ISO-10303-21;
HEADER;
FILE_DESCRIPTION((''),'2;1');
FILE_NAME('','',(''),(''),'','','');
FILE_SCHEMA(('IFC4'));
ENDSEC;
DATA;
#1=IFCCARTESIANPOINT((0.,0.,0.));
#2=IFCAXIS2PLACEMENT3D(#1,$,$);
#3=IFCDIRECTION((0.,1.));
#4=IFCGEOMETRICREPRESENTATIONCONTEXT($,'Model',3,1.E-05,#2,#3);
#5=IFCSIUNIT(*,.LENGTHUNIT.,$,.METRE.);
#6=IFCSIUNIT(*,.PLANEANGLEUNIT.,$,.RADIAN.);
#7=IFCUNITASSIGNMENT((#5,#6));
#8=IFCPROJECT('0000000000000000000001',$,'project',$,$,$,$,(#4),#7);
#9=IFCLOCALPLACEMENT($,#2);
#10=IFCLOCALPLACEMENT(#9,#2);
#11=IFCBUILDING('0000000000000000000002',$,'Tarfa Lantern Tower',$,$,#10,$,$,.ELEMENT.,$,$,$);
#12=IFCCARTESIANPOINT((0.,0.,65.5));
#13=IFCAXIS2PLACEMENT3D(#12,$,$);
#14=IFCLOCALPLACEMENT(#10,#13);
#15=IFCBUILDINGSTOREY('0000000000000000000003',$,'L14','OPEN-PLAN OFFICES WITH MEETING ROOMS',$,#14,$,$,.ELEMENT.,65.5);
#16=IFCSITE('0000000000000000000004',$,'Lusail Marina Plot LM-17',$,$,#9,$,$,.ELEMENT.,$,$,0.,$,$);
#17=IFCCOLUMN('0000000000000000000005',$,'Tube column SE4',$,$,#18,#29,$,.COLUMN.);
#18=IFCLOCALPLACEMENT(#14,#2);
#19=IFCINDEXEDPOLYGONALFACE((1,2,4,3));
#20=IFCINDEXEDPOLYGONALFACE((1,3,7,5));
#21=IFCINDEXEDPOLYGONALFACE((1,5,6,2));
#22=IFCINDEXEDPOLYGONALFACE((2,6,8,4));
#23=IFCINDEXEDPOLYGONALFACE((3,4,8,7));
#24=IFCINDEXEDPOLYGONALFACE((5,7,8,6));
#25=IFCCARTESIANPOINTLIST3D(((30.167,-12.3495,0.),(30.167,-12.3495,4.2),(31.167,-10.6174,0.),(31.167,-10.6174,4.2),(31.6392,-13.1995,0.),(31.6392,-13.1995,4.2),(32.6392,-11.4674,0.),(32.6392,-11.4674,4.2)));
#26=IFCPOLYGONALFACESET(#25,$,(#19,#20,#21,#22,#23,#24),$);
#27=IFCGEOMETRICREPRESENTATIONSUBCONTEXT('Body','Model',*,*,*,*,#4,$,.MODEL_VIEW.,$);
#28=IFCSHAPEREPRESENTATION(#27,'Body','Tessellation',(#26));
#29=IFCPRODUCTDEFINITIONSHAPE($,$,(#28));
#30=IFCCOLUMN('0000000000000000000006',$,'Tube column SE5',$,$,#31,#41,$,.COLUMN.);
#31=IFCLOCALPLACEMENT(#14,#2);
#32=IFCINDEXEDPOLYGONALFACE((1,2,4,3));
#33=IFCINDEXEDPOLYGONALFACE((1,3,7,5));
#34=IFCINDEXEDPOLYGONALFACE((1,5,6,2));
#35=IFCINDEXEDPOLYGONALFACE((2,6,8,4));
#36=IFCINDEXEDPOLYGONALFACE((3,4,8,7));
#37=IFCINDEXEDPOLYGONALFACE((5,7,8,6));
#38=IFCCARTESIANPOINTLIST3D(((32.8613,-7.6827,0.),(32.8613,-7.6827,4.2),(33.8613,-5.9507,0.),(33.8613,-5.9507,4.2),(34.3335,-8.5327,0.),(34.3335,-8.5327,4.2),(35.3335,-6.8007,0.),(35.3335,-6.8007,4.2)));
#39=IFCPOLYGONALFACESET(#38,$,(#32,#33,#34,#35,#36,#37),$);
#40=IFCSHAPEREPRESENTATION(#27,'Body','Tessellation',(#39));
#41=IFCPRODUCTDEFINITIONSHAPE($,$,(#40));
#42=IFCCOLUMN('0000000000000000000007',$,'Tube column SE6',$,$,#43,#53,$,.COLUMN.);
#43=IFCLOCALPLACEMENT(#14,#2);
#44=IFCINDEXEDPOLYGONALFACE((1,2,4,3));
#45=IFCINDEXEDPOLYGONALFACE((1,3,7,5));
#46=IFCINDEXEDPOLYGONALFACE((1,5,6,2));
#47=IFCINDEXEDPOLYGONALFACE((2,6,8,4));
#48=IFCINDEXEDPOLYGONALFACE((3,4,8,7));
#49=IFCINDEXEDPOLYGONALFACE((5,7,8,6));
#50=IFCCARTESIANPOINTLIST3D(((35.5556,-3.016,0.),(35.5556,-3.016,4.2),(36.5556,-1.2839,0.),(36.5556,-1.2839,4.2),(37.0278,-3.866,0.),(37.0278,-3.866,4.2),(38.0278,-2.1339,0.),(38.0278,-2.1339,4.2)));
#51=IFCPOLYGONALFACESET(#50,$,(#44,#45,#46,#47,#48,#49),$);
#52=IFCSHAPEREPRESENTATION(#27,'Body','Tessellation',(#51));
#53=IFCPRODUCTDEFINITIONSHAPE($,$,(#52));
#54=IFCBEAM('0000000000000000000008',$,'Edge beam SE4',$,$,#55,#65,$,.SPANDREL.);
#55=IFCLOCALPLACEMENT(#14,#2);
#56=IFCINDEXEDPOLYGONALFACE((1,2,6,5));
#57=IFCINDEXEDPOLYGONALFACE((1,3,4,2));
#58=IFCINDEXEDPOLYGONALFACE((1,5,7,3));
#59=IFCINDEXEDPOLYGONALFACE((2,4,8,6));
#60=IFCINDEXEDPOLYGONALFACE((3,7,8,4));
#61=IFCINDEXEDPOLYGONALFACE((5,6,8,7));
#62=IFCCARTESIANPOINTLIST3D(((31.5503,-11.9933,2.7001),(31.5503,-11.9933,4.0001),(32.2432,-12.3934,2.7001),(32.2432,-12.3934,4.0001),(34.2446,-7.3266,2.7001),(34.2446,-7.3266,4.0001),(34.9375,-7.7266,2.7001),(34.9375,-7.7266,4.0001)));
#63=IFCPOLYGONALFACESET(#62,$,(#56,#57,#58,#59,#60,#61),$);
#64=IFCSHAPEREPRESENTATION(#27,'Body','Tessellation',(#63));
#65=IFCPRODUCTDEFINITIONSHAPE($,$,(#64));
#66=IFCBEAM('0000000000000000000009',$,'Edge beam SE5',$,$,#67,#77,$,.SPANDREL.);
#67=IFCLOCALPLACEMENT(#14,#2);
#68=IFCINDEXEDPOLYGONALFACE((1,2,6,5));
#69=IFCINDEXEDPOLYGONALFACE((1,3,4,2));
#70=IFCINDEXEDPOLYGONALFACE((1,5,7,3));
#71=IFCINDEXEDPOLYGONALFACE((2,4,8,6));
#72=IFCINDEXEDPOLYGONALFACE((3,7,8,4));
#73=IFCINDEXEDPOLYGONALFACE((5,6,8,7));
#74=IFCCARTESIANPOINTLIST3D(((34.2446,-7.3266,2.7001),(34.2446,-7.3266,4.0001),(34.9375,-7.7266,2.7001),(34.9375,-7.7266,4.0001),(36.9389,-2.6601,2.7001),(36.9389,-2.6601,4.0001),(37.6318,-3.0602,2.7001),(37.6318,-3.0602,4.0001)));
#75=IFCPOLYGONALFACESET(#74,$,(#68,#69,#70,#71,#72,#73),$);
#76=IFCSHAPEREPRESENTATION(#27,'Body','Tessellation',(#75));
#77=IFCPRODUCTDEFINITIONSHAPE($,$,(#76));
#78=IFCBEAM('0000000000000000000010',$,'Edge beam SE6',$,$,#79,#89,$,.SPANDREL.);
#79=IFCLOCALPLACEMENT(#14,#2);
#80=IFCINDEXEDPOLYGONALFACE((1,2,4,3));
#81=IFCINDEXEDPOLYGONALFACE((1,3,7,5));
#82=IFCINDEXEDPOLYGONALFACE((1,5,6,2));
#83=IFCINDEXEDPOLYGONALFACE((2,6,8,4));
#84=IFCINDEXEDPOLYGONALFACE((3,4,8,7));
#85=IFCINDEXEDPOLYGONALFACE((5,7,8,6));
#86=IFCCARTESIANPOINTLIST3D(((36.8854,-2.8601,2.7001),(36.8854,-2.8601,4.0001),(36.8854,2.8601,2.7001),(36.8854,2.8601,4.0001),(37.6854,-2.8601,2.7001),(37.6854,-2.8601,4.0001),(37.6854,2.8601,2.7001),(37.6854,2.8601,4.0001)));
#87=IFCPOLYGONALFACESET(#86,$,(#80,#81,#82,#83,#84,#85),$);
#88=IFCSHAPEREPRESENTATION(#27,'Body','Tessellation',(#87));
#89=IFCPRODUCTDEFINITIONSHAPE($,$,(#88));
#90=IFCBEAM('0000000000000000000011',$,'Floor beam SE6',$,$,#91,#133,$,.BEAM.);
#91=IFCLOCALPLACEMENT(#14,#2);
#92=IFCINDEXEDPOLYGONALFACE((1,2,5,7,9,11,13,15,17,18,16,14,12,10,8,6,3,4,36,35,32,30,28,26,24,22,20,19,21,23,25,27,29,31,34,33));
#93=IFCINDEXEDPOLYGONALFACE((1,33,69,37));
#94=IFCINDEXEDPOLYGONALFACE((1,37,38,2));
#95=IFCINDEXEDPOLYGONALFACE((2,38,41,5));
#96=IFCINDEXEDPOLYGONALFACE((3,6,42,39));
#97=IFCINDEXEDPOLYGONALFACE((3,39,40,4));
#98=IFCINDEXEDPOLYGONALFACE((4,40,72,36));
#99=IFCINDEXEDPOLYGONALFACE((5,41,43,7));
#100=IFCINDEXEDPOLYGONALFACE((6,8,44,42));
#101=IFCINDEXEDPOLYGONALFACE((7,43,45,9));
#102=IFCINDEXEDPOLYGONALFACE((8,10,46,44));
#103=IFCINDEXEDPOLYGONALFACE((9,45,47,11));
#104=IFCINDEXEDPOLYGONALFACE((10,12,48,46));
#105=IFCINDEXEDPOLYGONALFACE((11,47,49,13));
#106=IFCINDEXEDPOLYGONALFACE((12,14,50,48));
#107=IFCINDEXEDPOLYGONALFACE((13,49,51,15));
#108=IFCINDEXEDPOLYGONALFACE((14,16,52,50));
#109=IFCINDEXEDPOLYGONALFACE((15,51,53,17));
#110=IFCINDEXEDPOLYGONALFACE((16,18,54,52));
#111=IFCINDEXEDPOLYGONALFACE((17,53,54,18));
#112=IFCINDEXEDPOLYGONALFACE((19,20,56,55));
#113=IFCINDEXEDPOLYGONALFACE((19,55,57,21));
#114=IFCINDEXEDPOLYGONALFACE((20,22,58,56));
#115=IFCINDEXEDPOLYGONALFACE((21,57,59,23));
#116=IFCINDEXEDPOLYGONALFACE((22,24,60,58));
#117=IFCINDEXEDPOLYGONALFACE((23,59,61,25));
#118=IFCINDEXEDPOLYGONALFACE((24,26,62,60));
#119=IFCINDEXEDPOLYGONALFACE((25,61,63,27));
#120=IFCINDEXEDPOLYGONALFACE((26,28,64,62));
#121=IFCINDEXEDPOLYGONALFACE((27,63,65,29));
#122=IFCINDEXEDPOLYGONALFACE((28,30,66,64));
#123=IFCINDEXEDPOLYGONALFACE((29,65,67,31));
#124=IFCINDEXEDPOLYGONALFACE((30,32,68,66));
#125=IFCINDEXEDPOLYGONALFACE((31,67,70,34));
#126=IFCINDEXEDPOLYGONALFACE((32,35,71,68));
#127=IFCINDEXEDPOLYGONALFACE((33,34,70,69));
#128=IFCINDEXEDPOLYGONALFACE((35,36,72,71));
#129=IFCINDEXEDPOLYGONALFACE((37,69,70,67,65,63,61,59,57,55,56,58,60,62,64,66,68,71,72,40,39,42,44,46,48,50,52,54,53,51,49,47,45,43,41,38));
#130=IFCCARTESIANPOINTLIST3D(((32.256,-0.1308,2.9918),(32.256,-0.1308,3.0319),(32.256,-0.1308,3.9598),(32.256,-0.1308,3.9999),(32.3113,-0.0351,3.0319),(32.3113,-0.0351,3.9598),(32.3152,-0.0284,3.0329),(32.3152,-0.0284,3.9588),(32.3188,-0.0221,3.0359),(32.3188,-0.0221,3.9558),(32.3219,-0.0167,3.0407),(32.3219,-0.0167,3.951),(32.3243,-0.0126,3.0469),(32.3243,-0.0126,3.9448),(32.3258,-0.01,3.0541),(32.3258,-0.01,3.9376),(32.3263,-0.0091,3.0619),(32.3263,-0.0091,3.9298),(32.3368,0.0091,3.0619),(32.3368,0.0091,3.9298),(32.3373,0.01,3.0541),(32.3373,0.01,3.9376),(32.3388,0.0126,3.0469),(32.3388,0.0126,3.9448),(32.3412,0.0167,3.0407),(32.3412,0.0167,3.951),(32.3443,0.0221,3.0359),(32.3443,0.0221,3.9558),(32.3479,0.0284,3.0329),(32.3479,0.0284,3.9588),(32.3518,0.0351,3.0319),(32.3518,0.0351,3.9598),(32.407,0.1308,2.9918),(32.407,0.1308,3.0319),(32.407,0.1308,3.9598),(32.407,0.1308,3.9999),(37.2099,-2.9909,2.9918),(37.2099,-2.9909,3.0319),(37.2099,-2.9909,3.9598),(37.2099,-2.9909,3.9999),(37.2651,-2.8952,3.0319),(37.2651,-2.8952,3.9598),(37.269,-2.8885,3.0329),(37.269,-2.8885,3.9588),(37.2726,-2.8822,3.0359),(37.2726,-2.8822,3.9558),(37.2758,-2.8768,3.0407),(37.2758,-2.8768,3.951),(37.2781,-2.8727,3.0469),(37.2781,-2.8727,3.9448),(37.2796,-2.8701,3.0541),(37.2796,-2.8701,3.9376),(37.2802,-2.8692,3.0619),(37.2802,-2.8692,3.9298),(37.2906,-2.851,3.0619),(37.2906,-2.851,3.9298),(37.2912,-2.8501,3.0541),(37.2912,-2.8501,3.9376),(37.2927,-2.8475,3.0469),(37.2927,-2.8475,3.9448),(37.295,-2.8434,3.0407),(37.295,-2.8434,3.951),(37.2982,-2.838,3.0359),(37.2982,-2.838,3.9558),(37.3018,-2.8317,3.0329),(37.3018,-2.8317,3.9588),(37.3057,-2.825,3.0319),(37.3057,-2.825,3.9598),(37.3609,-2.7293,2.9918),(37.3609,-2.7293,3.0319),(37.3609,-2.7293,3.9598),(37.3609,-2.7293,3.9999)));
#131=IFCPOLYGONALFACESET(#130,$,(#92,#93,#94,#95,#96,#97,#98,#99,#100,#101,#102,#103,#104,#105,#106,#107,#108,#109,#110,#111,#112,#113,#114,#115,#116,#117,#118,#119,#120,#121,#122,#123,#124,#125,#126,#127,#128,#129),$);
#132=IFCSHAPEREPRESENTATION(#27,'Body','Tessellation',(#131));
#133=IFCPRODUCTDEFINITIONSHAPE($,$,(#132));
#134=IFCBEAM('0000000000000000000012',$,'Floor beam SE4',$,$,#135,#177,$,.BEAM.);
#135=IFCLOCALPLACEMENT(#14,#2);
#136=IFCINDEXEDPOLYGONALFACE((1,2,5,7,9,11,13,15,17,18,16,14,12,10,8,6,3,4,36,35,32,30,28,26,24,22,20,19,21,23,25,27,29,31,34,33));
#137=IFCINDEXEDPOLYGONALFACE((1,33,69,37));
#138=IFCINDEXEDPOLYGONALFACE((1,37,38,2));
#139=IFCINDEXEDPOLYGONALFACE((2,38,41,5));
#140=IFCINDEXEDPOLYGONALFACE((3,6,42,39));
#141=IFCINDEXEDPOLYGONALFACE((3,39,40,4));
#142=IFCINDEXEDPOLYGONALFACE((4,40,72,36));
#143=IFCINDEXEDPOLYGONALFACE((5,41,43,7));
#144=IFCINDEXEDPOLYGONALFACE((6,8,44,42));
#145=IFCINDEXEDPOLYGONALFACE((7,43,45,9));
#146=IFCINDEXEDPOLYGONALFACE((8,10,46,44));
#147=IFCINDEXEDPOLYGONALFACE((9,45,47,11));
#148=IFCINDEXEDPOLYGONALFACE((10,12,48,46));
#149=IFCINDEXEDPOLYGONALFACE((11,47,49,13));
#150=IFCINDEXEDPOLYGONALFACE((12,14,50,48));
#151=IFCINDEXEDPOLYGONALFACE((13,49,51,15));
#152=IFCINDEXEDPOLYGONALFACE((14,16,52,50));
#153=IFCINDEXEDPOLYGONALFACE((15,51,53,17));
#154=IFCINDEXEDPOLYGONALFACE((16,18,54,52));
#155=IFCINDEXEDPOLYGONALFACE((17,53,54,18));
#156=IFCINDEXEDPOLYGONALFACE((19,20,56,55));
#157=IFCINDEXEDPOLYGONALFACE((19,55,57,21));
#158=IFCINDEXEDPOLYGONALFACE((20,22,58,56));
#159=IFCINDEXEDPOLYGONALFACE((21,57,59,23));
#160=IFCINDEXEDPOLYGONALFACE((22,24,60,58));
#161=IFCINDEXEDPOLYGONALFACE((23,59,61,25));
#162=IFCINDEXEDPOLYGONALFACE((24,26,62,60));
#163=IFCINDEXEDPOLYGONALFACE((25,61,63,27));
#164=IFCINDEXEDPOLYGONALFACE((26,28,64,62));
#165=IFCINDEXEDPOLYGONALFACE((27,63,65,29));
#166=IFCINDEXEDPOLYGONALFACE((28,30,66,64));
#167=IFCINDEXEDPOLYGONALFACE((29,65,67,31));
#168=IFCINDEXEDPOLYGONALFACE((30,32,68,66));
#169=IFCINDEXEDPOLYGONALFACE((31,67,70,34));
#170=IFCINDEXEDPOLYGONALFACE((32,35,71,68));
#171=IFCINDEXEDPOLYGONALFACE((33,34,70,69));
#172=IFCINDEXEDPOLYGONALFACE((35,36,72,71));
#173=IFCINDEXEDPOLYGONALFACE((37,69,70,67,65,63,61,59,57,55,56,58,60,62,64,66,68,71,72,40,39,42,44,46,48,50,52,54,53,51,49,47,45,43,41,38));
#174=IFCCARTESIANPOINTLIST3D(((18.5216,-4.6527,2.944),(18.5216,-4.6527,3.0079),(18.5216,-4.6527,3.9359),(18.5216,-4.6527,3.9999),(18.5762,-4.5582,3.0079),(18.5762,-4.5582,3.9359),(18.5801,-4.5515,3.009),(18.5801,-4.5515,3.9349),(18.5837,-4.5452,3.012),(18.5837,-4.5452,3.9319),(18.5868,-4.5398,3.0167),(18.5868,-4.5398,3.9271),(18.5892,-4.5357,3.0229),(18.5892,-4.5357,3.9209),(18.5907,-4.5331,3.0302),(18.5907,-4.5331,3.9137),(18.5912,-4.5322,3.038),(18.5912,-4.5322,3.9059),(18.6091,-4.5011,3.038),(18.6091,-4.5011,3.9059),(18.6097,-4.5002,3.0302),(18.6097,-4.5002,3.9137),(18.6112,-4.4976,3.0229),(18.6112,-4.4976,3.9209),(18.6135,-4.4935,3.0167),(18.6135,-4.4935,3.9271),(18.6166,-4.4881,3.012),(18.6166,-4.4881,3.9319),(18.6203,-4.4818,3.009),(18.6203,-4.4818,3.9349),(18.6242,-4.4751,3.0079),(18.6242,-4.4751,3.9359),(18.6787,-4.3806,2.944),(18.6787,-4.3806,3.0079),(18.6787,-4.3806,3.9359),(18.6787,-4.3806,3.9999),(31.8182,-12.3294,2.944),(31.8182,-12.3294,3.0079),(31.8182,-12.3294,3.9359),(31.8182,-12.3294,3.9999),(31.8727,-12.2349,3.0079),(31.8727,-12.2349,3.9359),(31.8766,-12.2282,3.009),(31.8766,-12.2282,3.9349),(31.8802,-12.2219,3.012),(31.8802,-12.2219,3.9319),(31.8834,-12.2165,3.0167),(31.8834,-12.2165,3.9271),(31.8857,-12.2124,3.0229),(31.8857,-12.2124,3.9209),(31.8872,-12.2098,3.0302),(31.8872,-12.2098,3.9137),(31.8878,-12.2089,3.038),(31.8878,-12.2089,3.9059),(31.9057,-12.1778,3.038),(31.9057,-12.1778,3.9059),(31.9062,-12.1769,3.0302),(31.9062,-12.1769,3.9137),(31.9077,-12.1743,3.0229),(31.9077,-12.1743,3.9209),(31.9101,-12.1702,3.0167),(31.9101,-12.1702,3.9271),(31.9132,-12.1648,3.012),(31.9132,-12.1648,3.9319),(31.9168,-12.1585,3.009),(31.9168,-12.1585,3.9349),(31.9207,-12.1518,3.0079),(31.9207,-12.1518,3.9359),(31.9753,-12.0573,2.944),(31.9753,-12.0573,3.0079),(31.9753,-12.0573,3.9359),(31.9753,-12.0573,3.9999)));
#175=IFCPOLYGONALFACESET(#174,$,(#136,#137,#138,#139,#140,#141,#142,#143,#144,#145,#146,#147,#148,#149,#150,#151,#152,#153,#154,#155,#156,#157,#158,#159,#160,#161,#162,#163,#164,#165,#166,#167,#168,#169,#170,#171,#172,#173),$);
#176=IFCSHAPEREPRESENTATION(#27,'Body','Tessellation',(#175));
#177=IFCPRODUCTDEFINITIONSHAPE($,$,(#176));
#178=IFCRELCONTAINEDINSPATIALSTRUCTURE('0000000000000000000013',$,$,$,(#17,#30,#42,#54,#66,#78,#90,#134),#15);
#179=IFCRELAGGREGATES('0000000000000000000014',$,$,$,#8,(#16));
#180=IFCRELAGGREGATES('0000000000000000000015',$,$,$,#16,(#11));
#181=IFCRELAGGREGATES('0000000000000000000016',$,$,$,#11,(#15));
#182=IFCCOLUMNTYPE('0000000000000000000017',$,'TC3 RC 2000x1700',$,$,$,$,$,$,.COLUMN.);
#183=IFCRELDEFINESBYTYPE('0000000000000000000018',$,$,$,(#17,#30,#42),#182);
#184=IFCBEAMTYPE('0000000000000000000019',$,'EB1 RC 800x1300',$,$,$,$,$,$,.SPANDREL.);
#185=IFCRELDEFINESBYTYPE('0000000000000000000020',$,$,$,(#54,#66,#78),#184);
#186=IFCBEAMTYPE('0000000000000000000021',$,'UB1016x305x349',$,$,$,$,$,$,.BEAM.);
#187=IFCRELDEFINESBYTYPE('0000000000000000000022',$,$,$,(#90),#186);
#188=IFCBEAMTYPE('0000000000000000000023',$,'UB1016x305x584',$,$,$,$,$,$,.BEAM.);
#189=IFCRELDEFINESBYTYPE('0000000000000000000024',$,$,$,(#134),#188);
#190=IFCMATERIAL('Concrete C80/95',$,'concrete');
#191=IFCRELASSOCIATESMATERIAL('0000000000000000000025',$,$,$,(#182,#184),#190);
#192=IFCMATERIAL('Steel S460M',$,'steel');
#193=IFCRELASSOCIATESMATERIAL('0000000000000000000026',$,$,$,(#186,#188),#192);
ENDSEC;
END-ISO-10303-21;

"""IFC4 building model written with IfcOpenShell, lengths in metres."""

from ifc_helpers import new_model, si_unit, direction, frame, origin, origin_2d, place, context, subcontext, project, spatial, rectangle, i_section, extrude, material, material_profile, profile_set, type_object, element, save


model = new_model("IFC4")

# Units and contexts
model_context = context("Model", 3, precision=1e-05, world=origin(), true_north=direction((0.0, 1.0)))
body_context = subcontext(model_context, "Body", "Model", "MODEL_VIEW")
ifc_project = project(units=[si_unit("LENGTHUNIT", "METRE"), si_unit("PLANEANGLEUNIT", "RADIAN")], contexts=[model_context])

# Site, building, storey
site_placement = place(None, origin())
site = spatial("IfcSite", under=ifc_project, at=site_placement, Name="Lusail Marina Plot LM-17", CompositionType="ELEMENT", RefElevation=0.0)
building_placement = place(site_placement, origin())
building = spatial("IfcBuilding", under=site, at=building_placement, Name="Tarfa Lantern Tower", CompositionType="ELEMENT")
storey_placement = place(building_placement, frame((0.0, 0.0, 65.5)))
storey = spatial("IfcBuildingStorey", under=building, at=storey_placement, Name="L14", Description="OPEN-PLAN OFFICES WITH MEETING ROOMS", CompositionType="ELEMENT", Elevation=65.5)

# Columns
ifc_material_1 = material(Name="Concrete C80/95", Category="concrete")
ifc_material_profile_1 = material_profile(ifc_material_1, rectangle(XDim=2.0, YDim=1.7, at=origin_2d()), Name="RC 2000x1700")
ifc_profile_set_1 = profile_set([ifc_material_profile_1], Name="Concrete C80/95")
column_type = type_object("IfcColumnType", Name="TC3 RC 2000x1700", PredefinedType="COLUMN", material=ifc_profile_set_1)
for number, where, z_axis, x_axis, name in (
    (1, (31.4031, -11.9084, 0.0), (0.0, 0.0, 1.0), (0.5, 0.866025, 0.0), "Tube column SE4"),
    (2, (34.0974, -7.2417, 0.0), (0.0, 0.0, 1.0), (0.5, 0.866025, 0.0), "Tube column SE5"),
    (3, (36.7917, -2.575, 0.0), (0.0, 0.0, 1.0), (0.5, 0.866025, 0.0), "Tube column SE6"),
):
    element("IfcColumn", number, at=place(storey_placement, frame(where, z_axis=z_axis, x_axis=x_axis)), inside=storey, type_object=column_type, Name=name, PredefinedType="COLUMN", context=body_context, shape_type="SweptSolid", body=[
        extrude(rectangle(XDim=2.0, YDim=1.7, at=origin_2d()), origin(), (0.0, 0.0, 1.0), 4.2),
    ])

# Beams
ifc_material_profile_2 = material_profile(ifc_material_1, rectangle(XDim=0.8, YDim=1.3, at=origin_2d()), Name="RC 800x1300")
ifc_profile_set_2 = profile_set([ifc_material_profile_2], Name="Concrete C80/95")
beam_type_1 = type_object("IfcBeamType", Name="EB1 RC 800x1300", PredefinedType="SPANDREL", material=ifc_profile_set_2)
beam_1_placement = place(storey_placement, frame((31.8967, -12.1934, 3.3501), z_axis=(0.499998, 0.866026, 0.0), x_axis=(-0.866026, 0.499998, 0.0)))
element("IfcBeam", 4, at=beam_1_placement, inside=storey, type_object=beam_type_1, Name="Edge beam SE4", PredefinedType="SPANDREL", context=body_context, shape_type="SweptSolid", body=[
    extrude(rectangle(XDim=0.8, YDim=1.3, at=origin_2d()), origin(), (0.0, 0.0, 1.0), 5.3887),
])
beam_2_placement = place(storey_placement, frame((34.5911, -7.5266, 3.3501), z_axis=(0.500018, 0.866015, 0.0), x_axis=(-0.866015, 0.500018, 0.0)))
element("IfcBeam", 5, at=beam_2_placement, inside=storey, type_object=beam_type_1, Name="Edge beam SE5", PredefinedType="SPANDREL", context=body_context, shape_type="SweptSolid", body=[
    extrude(rectangle(XDim=0.8, YDim=1.3, at=origin_2d()), origin(), (0.0, 0.0, 1.0), 5.3884),
])
beam_3_placement = place(storey_placement, frame((37.2854, -2.8601, 3.3501), z_axis=(0.0, 1.0, 0.0), x_axis=(-1.0, 0.0, 0.0)))
element("IfcBeam", 6, at=beam_3_placement, inside=storey, type_object=beam_type_1, Name="Edge beam SE6", PredefinedType="SPANDREL", context=body_context, shape_type="SweptSolid", body=[
    extrude(rectangle(XDim=0.8, YDim=1.3, at=origin_2d()), origin(), (0.0, 0.0, 1.0), 5.7202),
])
ifc_material_2 = material(Name="Steel S460M", Category="steel")
ifc_material_profile_3 = material_profile(ifc_material_2, i_section(OverallWidth=0.302, OverallDepth=1.0081, WebThickness=0.021, FlangeThickness=0.04, FilletRadius=0.03, at=origin_2d()), Name="UB1016x305x349")
ifc_profile_set_3 = profile_set([ifc_material_profile_3], Name="Steel S460M")
beam_type_2 = type_object("IfcBeamType", Name="UB1016x305x349", PredefinedType="BEAM", material=ifc_profile_set_3)
beam_4_placement = place(storey_placement, frame((37.2854, -2.8601, 3.4958), z_axis=(-0.866026, 0.5, 0.0), x_axis=(-0.5, -0.866026, 0.0)))
element("IfcBeam", 7, at=beam_4_placement, inside=storey, type_object=beam_type_2, Name="Floor beam SE6", PredefinedType="BEAM", context=body_context, shape_type="SweptSolid", body=[
    extrude(i_section(OverallWidth=0.302, OverallDepth=1.0081, WebThickness=0.021, FlangeThickness=0.04, FilletRadius=0.03, at=origin_2d()), origin(), (0.0, 0.0, 1.0), 5.7202),
])
ifc_material_profile_4 = material_profile(ifc_material_2, i_section(OverallWidth=0.3142, OverallDepth=1.0559, WebThickness=0.0359, FlangeThickness=0.064, FilletRadius=0.03, at=origin_2d()), Name="UB1016x305x584")
ifc_profile_set_4 = profile_set([ifc_material_profile_4], Name="Steel S460M")
beam_type_3 = type_object("IfcBeamType", Name="UB1016x305x584", PredefinedType="BEAM", material=ifc_profile_set_4)
beam_5_placement = place(storey_placement, frame((31.8967, -12.1934, 3.4719), z_axis=(-0.866027, 0.499997, 0.0), x_axis=(-0.499997, -0.866027, 0.0)))
element("IfcBeam", 8, at=beam_5_placement, inside=storey, type_object=beam_type_3, Name="Floor beam SE4", PredefinedType="BEAM", context=body_context, shape_type="SweptSolid", body=[
    extrude(i_section(OverallWidth=0.3142, OverallDepth=1.0559, WebThickness=0.0359, FlangeThickness=0.064, FilletRadius=0.03, at=origin_2d()), origin(), (0.0, 0.0, 1.0), 15.3535),
])

save(model, "model.ifc")
